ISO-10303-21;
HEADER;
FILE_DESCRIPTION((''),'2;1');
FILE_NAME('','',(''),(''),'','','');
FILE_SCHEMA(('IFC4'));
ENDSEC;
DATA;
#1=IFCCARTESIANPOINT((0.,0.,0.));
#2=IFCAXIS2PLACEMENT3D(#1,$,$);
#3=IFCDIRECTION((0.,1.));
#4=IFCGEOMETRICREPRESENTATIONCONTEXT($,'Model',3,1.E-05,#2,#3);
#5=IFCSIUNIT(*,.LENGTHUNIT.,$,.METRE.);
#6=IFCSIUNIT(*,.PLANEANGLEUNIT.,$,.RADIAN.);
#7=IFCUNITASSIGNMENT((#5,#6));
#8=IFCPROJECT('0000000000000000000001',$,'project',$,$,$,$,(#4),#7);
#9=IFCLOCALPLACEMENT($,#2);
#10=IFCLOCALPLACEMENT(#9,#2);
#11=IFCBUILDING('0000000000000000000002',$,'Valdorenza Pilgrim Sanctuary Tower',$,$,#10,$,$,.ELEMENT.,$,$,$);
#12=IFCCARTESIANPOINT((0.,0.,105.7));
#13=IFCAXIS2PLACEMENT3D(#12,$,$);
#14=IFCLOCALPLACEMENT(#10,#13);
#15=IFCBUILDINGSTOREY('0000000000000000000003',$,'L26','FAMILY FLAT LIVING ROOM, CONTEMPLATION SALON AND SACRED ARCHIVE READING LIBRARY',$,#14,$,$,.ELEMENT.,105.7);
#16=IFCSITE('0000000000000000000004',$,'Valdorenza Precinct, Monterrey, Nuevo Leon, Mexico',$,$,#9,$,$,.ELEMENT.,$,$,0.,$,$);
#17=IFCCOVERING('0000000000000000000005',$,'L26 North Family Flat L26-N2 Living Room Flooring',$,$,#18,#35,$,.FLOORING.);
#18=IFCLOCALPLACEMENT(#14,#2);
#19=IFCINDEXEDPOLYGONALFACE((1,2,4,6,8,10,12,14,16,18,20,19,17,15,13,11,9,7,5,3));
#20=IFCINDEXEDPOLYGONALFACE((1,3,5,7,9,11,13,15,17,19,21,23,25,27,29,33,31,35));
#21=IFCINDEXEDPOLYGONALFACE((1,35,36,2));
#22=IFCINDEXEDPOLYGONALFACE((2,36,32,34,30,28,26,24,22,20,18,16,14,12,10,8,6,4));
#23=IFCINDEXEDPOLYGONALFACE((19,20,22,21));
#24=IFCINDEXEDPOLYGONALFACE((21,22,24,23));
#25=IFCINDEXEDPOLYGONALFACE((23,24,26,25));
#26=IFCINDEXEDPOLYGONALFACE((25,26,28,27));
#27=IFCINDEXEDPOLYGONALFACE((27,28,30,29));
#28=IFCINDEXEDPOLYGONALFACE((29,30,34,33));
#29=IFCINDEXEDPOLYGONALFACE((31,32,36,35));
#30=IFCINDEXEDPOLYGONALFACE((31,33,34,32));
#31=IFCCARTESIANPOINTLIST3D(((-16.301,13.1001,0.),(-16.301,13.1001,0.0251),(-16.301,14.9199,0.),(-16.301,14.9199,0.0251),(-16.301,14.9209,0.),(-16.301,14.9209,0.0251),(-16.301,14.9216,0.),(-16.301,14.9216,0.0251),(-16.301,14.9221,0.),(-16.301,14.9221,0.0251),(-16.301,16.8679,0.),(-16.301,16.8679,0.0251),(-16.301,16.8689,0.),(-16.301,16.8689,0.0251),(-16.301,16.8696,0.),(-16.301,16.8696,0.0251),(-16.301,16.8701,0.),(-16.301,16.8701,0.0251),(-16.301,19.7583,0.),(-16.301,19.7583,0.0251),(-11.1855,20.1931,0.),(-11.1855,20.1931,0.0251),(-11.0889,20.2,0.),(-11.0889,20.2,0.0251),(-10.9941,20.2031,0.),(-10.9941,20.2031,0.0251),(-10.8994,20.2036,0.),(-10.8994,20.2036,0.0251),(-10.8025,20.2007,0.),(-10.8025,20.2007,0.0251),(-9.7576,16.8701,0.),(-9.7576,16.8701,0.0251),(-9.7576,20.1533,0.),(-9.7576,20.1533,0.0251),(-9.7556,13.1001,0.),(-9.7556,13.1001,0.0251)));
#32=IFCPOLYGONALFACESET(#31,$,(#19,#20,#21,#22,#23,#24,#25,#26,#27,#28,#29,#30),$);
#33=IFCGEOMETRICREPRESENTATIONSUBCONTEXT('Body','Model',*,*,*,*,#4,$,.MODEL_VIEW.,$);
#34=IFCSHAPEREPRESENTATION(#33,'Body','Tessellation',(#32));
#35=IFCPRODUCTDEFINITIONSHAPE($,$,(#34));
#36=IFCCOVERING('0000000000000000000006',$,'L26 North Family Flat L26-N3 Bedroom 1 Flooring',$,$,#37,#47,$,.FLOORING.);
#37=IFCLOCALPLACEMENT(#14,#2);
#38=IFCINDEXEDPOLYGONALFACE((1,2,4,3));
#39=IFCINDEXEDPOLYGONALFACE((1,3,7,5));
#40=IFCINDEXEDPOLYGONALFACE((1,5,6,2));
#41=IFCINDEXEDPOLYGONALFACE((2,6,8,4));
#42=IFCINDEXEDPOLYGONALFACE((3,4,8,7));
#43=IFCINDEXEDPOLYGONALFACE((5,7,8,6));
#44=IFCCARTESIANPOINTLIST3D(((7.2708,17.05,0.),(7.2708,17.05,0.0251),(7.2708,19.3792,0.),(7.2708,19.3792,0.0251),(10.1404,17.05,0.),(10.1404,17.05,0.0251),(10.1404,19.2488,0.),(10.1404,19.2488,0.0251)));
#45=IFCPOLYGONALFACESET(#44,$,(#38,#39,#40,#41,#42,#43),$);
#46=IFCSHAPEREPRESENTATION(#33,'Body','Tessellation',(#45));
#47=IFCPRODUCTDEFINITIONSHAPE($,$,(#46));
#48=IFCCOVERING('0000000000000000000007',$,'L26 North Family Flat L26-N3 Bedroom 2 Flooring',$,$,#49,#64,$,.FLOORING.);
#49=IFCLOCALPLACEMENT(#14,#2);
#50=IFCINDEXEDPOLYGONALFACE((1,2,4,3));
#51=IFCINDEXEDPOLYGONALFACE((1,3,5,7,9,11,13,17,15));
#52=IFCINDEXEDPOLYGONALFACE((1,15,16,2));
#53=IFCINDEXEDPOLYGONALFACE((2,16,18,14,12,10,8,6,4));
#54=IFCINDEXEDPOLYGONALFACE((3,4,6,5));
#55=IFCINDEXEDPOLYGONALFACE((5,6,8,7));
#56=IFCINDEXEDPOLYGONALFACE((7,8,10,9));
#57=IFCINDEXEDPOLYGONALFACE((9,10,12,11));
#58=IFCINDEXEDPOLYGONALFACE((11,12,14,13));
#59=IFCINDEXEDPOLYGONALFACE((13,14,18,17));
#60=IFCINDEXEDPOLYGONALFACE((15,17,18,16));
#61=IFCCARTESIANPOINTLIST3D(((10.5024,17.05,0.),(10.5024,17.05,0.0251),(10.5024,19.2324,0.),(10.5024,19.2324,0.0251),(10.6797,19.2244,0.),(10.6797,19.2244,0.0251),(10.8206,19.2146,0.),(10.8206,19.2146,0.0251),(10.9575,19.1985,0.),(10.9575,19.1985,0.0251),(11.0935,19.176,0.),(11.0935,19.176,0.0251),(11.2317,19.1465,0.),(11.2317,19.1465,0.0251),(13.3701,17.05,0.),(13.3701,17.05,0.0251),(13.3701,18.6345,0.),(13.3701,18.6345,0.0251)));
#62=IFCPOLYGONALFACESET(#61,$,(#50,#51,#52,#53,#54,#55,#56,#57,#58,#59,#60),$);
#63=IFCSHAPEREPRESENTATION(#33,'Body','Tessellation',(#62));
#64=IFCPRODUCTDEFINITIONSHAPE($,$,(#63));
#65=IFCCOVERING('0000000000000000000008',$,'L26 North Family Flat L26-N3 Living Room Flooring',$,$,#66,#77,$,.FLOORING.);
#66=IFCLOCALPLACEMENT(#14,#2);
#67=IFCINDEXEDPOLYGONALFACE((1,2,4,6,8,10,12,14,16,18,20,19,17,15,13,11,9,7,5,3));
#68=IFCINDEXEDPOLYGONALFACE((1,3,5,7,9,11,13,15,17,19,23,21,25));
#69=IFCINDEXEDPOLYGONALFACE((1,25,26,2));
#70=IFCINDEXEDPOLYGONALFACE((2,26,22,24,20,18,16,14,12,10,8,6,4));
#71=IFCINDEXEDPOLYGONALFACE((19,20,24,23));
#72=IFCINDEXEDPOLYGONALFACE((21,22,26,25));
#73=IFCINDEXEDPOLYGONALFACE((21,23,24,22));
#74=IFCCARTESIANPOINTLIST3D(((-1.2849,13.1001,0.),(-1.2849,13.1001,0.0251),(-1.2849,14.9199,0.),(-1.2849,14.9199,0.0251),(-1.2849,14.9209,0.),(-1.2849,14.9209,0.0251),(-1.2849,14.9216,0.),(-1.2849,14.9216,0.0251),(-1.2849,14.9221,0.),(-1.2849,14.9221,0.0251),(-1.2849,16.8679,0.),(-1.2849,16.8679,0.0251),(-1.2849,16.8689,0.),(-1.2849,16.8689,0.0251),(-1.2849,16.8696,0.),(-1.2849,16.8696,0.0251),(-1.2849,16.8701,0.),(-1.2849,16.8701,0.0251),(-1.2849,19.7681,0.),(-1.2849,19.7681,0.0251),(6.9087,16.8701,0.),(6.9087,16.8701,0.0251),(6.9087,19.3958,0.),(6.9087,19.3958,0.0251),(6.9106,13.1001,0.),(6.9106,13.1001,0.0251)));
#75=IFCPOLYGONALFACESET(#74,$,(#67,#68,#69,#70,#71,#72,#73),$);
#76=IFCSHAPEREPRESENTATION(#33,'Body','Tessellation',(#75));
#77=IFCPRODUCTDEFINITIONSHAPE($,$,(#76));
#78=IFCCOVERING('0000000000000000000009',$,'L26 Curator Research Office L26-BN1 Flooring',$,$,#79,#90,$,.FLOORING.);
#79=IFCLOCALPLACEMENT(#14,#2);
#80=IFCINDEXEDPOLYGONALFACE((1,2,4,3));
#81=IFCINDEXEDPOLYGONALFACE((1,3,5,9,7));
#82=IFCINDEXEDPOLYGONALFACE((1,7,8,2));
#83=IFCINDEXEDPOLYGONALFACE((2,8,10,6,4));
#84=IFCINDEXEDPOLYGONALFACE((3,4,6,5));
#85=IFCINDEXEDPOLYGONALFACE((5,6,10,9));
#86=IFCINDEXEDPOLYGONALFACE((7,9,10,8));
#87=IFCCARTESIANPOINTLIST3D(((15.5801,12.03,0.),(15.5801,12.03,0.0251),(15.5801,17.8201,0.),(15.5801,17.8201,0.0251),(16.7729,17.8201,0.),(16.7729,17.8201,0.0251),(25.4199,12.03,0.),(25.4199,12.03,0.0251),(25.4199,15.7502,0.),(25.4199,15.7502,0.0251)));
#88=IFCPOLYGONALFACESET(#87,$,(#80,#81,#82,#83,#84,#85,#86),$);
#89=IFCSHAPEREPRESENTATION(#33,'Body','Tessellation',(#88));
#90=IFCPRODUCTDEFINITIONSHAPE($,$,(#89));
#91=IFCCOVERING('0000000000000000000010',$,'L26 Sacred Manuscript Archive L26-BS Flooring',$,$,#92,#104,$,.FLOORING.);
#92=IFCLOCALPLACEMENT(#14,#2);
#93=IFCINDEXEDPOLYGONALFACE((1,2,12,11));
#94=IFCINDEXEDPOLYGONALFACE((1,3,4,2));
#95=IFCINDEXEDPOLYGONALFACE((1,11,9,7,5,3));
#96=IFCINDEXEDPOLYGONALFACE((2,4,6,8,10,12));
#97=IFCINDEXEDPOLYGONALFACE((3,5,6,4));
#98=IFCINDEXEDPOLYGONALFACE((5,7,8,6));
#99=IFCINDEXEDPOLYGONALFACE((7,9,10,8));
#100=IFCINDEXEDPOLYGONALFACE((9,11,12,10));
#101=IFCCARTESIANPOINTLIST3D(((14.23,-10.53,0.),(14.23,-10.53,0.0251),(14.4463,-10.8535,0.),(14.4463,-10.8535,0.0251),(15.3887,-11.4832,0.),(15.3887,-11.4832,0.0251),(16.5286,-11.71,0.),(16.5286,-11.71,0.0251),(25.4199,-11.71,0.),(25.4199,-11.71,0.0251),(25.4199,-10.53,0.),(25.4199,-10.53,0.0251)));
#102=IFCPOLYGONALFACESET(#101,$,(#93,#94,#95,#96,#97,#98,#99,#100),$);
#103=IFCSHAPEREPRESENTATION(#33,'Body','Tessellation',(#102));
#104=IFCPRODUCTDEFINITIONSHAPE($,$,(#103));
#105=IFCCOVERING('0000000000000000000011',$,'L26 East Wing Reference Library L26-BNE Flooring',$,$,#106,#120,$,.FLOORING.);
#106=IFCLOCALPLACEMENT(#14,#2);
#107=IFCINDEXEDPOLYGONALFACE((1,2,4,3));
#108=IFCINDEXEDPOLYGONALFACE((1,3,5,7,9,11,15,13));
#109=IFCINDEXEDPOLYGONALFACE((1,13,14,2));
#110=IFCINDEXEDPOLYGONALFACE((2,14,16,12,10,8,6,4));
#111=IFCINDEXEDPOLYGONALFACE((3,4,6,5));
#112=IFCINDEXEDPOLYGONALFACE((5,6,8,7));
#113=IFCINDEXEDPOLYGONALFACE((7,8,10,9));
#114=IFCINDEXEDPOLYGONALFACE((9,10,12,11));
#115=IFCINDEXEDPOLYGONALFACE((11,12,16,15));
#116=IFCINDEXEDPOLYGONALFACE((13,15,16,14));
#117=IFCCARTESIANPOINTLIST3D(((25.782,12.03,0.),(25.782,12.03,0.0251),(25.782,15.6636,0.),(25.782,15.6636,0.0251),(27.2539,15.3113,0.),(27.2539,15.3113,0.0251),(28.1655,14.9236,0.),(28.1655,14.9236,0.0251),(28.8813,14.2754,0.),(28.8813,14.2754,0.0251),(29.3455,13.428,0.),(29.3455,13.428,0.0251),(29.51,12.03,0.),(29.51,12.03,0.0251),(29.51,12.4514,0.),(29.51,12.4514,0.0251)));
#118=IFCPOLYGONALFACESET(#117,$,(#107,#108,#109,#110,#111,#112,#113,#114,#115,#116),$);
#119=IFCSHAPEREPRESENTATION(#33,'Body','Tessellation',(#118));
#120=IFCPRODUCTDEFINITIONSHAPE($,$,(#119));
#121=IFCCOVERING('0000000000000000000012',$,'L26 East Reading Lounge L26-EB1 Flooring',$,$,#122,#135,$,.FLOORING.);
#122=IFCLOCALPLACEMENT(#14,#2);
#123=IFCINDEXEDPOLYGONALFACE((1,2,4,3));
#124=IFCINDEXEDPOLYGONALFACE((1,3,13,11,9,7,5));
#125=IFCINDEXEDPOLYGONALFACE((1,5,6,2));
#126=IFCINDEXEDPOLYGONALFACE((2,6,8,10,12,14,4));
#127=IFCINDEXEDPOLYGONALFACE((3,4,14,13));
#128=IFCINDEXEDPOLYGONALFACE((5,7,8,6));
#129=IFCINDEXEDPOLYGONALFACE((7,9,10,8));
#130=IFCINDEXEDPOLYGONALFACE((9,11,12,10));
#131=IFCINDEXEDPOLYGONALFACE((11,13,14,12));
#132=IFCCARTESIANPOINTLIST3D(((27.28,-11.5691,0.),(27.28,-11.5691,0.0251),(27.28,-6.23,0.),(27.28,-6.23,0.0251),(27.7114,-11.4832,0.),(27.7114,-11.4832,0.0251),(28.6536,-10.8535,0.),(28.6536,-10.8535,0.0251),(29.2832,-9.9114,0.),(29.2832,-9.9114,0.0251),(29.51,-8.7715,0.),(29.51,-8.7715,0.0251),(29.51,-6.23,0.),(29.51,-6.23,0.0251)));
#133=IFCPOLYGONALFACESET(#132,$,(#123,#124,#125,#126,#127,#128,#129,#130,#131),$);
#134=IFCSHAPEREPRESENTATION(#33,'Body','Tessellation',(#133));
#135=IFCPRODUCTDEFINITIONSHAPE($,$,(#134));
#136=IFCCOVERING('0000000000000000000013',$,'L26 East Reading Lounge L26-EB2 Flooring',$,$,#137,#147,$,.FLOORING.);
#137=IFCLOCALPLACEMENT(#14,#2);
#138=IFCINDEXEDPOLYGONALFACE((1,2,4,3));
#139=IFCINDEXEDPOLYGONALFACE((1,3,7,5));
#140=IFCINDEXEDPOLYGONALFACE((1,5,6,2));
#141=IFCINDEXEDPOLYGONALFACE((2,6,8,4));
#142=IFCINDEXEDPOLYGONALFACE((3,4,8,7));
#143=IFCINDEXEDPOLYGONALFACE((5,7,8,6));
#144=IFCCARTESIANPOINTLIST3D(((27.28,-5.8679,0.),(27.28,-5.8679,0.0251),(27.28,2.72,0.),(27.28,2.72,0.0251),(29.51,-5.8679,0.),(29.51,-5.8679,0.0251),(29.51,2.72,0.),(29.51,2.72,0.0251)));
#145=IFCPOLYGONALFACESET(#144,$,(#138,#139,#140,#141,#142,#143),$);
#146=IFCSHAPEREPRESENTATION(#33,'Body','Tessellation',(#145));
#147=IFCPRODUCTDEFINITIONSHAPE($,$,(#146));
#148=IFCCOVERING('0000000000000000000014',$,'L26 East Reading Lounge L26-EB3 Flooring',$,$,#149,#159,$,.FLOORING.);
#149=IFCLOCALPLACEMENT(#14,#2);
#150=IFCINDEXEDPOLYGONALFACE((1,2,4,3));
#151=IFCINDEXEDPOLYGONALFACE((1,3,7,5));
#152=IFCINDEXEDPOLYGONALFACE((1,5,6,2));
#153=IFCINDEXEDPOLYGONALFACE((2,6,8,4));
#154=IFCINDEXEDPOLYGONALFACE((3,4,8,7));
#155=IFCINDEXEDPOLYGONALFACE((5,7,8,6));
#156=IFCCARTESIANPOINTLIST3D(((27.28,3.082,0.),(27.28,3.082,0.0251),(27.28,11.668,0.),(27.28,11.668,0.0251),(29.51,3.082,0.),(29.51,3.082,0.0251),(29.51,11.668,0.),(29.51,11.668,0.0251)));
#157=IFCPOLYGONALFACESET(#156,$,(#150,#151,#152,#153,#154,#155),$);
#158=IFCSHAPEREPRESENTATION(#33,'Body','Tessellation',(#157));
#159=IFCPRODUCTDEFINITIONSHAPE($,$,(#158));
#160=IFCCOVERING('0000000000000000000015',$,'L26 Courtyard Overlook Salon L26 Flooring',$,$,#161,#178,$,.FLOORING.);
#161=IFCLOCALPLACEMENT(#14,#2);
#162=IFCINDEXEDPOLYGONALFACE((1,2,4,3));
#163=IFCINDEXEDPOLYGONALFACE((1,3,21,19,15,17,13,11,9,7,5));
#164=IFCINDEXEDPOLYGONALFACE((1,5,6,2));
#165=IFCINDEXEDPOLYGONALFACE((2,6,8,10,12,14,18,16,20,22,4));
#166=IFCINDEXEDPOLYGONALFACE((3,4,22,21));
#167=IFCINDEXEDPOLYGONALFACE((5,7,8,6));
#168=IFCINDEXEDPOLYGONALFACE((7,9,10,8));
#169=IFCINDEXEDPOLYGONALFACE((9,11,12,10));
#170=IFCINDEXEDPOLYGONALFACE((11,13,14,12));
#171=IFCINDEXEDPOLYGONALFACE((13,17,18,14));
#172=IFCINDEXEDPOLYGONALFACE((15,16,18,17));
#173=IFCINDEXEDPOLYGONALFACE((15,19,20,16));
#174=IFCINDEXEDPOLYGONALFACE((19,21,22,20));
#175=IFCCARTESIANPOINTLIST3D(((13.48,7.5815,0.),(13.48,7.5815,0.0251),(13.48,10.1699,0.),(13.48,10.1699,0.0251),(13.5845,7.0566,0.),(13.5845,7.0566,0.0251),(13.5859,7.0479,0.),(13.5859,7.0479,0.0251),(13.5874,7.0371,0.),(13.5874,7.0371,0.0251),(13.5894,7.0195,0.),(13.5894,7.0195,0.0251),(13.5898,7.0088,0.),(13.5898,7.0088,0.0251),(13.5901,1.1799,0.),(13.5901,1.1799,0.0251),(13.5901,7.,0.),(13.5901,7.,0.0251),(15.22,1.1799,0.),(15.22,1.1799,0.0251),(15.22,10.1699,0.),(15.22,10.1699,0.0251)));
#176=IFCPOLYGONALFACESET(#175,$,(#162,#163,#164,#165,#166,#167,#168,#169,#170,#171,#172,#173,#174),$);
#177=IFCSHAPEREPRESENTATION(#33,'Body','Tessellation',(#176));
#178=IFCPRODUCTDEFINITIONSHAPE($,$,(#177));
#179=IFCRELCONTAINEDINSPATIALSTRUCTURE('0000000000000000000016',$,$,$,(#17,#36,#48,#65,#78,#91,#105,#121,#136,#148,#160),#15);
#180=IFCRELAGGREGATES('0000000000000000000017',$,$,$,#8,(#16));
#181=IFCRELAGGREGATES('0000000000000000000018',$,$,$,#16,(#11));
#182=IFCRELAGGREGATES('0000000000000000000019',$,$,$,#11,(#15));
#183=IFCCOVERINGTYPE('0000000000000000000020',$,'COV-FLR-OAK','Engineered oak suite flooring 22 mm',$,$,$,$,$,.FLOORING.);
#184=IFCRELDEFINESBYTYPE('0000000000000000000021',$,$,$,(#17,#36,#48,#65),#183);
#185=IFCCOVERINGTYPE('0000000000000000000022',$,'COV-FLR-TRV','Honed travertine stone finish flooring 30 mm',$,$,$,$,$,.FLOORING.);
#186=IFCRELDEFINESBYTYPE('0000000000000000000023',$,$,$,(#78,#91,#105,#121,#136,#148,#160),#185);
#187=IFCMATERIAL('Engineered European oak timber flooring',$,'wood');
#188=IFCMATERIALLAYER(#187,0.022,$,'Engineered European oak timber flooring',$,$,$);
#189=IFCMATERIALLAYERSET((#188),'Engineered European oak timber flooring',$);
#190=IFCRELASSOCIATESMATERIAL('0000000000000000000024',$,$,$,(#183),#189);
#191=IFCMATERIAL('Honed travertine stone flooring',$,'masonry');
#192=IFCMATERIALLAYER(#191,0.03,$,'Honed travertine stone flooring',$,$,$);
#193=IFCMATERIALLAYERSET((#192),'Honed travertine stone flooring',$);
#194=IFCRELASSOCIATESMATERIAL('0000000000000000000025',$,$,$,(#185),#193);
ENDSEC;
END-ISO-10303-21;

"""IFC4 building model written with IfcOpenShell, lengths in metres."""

from ifc_helpers import new_model, si_unit, direction, frame, origin, place, context, subcontext, project, spatial, polyline, outline, extrude, material, layer, layer_set, type_object, element, save


model = new_model("IFC4")

# Units and contexts
model_context = context("Model", 3, precision=1e-05, world=origin(), true_north=direction((0.0, 1.0)))
body_context = subcontext(model_context, "Body", "Model", "MODEL_VIEW")
ifc_project = project(units=[si_unit("LENGTHUNIT", "METRE"), si_unit("PLANEANGLEUNIT", "RADIAN")], contexts=[model_context])

# Site, building, storey
site_placement = place(None, origin())
site = spatial("IfcSite", under=ifc_project, at=site_placement, Name="Valdorenza Precinct, Monterrey, Nuevo Leon, Mexico", CompositionType="ELEMENT", RefElevation=0.0)
building_placement = place(site_placement, origin())
building = spatial("IfcBuilding", under=site, at=building_placement, Name="Valdorenza Pilgrim Sanctuary Tower", CompositionType="ELEMENT")
storey_placement = place(building_placement, frame((0.0, 0.0, 105.7)))
storey = spatial("IfcBuildingStorey", under=building, at=storey_placement, Name="L26", Description="FAMILY FLAT LIVING ROOM, CONTEMPLATION SALON AND SACRED ARCHIVE READING LIBRARY", CompositionType="ELEMENT", Elevation=105.7)

# Coverings
ifc_material_1 = material(Name="Engineered European oak timber flooring", Category="wood")
ifc_layer_1 = layer(ifc_material_1, 0.022, Name="Engineered European oak timber flooring")
ifc_layer_set_1 = layer_set([ifc_layer_1], Name="Engineered European oak timber flooring")
covering_type_1 = type_object("IfcCoveringType", Name="COV-FLR-OAK", Description="Engineered oak suite flooring 22 mm", PredefinedType="FLOORING", material=ifc_layer_set_1)
covering_1_placement = place(storey_placement, origin())
element("IfcCovering", 1, at=covering_1_placement, inside=storey, type_object=covering_type_1, Name="L26 North Family Flat L26-N2 Living Room Flooring", PredefinedType="FLOORING", context=body_context, shape_type="SweptSolid", body=[
    extrude(outline(polyline([(-16.301, 14.9216), (-16.301, 14.9221), (-16.301, 16.8679), (-16.301, 16.8689), (-16.301, 16.8696), (-16.301, 16.8701), (-16.301, 19.7583), (-11.1855, 20.1931), (-11.0889, 20.2), (-10.9941, 20.2031), (-10.8994, 20.2036), (-10.8025, 20.2007), (-9.7576, 20.1533), (-9.7576, 16.8701), (-9.7556, 13.1001), (-16.301, 13.1001), (-16.301, 14.9199), (-16.301, 14.9209), (-16.301, 14.9216)])), origin(), (0.0, 0.0, 1.0), 0.0251),
])
covering_2_placement = place(storey_placement, origin())
element("IfcCovering", 2, at=covering_2_placement, inside=storey, type_object=covering_type_1, Name="L26 North Family Flat L26-N3 Bedroom 1 Flooring", PredefinedType="FLOORING", context=body_context, shape_type="SweptSolid", body=[
    extrude(outline(polyline([(7.2708, 17.05), (7.2708, 19.3792), (10.1404, 19.2488), (10.1404, 17.05), (7.2708, 17.05)])), origin(), (0.0, 0.0, 1.0), 0.0251),
])
covering_3_placement = place(storey_placement, origin())
element("IfcCovering", 3, at=covering_3_placement, inside=storey, type_object=covering_type_1, Name="L26 North Family Flat L26-N3 Bedroom 2 Flooring", PredefinedType="FLOORING", context=body_context, shape_type="SweptSolid", body=[
    extrude(outline(polyline([(10.5024, 17.05), (10.5024, 19.2324), (10.6797, 19.2244), (10.8206, 19.2146), (10.9575, 19.1985), (11.0935, 19.176), (11.2317, 19.1465), (13.3701, 18.6345), (13.3701, 17.05), (10.5024, 17.05)])), origin(), (0.0, 0.0, 1.0), 0.0251),
])
covering_4_placement = place(storey_placement, origin())
element("IfcCovering", 4, at=covering_4_placement, inside=storey, type_object=covering_type_1, Name="L26 North Family Flat L26-N3 Living Room Flooring", PredefinedType="FLOORING", context=body_context, shape_type="SweptSolid", body=[
    extrude(outline(polyline([(-1.2849, 14.9216), (-1.2849, 14.9221), (-1.2849, 16.8679), (-1.2849, 16.8689), (-1.2849, 16.8696), (-1.2849, 16.8701), (-1.2849, 19.7681), (6.9087, 19.3958), (6.9087, 16.8701), (6.9106, 13.1001), (-1.2849, 13.1001), (-1.2849, 14.9199), (-1.2849, 14.9209), (-1.2849, 14.9216)])), origin(), (0.0, 0.0, 1.0), 0.0251),
])
ifc_material_2 = material(Name="Honed travertine stone flooring", Category="masonry")
ifc_layer_2 = layer(ifc_material_2, 0.03, Name="Honed travertine stone flooring")
ifc_layer_set_2 = layer_set([ifc_layer_2], Name="Honed travertine stone flooring")
covering_type_2 = type_object("IfcCoveringType", Name="COV-FLR-TRV", Description="Honed travertine stone finish flooring 30 mm", PredefinedType="FLOORING", material=ifc_layer_set_2)
covering_5_placement = place(storey_placement, origin())
element("IfcCovering", 5, at=covering_5_placement, inside=storey, type_object=covering_type_2, Name="L26 Curator Research Office L26-BN1 Flooring", PredefinedType="FLOORING", context=body_context, shape_type="SweptSolid", body=[
    extrude(outline(polyline([(15.5801, 12.03), (15.5801, 17.8201), (16.7729, 17.8201), (25.4199, 15.7502), (25.4199, 12.03), (15.5801, 12.03)])), origin(), (0.0, 0.0, 1.0), 0.0251),
])
covering_6_placement = place(storey_placement, origin())
element("IfcCovering", 6, at=covering_6_placement, inside=storey, type_object=covering_type_2, Name="L26 Sacred Manuscript Archive L26-BS Flooring", PredefinedType="FLOORING", context=body_context, shape_type="SweptSolid", body=[
    extrude(outline(polyline([(25.4199, -11.71), (16.5286, -11.71), (15.3887, -11.4832), (14.4463, -10.8535), (14.23, -10.53), (25.4199, -10.53), (25.4199, -11.71)])), origin(), (0.0, 0.0, 1.0), 0.0251),
])
covering_7_placement = place(storey_placement, origin())
element("IfcCovering", 7, at=covering_7_placement, inside=storey, type_object=covering_type_2, Name="L26 East Wing Reference Library L26-BNE Flooring", PredefinedType="FLOORING", context=body_context, shape_type="SweptSolid", body=[
    extrude(outline(polyline([(27.2539, 15.3113), (28.1655, 14.9236), (28.8813, 14.2754), (29.3455, 13.428), (29.51, 12.4514), (29.51, 12.03), (25.782, 12.03), (25.782, 15.6636), (27.2539, 15.3113)])), origin(), (0.0, 0.0, 1.0), 0.0251),
])
covering_8_placement = place(storey_placement, origin())
element("IfcCovering", 8, at=covering_8_placement, inside=storey, type_object=covering_type_2, Name="L26 East Reading Lounge L26-EB1 Flooring", PredefinedType="FLOORING", context=body_context, shape_type="SweptSolid", body=[
    extrude(outline(polyline([(29.51, -6.23), (29.51, -8.7715), (29.2832, -9.9114), (28.6536, -10.8535), (27.7114, -11.4832), (27.28, -11.5691), (27.28, -6.23), (29.51, -6.23)])), origin(), (0.0, 0.0, 1.0), 0.0251),
])
covering_9_placement = place(storey_placement, origin())
element("IfcCovering", 9, at=covering_9_placement, inside=storey, type_object=covering_type_2, Name="L26 East Reading Lounge L26-EB2 Flooring", PredefinedType="FLOORING", context=body_context, shape_type="SweptSolid", body=[
    extrude(outline(polyline([(27.28, 2.72), (29.51, 2.72), (29.51, -5.8679), (27.28, -5.8679), (27.28, 2.72)])), origin(), (0.0, 0.0, 1.0), 0.0251),
])
covering_10_placement = place(storey_placement, origin())
element("IfcCovering", 10, at=covering_10_placement, inside=storey, type_object=covering_type_2, Name="L26 East Reading Lounge L26-EB3 Flooring", PredefinedType="FLOORING", context=body_context, shape_type="SweptSolid", body=[
    extrude(outline(polyline([(27.28, 11.668), (29.51, 11.668), (29.51, 3.082), (27.28, 3.082), (27.28, 11.668)])), origin(), (0.0, 0.0, 1.0), 0.0251),
])
covering_11_placement = place(storey_placement, origin())
element("IfcCovering", 11, at=covering_11_placement, inside=storey, type_object=covering_type_2, Name="L26 Courtyard Overlook Salon L26 Flooring", PredefinedType="FLOORING", context=body_context, shape_type="SweptSolid", body=[
    extrude(outline(polyline([(15.22, 10.1699), (15.22, 1.1799), (13.5901, 1.1799), (13.5901, 7.0), (13.5898, 7.0088), (13.5894, 7.0195), (13.5874, 7.0371), (13.5859, 7.0479), (13.5845, 7.0566), (13.48, 7.5815), (13.48, 10.1699), (15.22, 10.1699)])), origin(), (0.0, 0.0, 1.0), 0.0251),
])

save(model, "model.ifc")
